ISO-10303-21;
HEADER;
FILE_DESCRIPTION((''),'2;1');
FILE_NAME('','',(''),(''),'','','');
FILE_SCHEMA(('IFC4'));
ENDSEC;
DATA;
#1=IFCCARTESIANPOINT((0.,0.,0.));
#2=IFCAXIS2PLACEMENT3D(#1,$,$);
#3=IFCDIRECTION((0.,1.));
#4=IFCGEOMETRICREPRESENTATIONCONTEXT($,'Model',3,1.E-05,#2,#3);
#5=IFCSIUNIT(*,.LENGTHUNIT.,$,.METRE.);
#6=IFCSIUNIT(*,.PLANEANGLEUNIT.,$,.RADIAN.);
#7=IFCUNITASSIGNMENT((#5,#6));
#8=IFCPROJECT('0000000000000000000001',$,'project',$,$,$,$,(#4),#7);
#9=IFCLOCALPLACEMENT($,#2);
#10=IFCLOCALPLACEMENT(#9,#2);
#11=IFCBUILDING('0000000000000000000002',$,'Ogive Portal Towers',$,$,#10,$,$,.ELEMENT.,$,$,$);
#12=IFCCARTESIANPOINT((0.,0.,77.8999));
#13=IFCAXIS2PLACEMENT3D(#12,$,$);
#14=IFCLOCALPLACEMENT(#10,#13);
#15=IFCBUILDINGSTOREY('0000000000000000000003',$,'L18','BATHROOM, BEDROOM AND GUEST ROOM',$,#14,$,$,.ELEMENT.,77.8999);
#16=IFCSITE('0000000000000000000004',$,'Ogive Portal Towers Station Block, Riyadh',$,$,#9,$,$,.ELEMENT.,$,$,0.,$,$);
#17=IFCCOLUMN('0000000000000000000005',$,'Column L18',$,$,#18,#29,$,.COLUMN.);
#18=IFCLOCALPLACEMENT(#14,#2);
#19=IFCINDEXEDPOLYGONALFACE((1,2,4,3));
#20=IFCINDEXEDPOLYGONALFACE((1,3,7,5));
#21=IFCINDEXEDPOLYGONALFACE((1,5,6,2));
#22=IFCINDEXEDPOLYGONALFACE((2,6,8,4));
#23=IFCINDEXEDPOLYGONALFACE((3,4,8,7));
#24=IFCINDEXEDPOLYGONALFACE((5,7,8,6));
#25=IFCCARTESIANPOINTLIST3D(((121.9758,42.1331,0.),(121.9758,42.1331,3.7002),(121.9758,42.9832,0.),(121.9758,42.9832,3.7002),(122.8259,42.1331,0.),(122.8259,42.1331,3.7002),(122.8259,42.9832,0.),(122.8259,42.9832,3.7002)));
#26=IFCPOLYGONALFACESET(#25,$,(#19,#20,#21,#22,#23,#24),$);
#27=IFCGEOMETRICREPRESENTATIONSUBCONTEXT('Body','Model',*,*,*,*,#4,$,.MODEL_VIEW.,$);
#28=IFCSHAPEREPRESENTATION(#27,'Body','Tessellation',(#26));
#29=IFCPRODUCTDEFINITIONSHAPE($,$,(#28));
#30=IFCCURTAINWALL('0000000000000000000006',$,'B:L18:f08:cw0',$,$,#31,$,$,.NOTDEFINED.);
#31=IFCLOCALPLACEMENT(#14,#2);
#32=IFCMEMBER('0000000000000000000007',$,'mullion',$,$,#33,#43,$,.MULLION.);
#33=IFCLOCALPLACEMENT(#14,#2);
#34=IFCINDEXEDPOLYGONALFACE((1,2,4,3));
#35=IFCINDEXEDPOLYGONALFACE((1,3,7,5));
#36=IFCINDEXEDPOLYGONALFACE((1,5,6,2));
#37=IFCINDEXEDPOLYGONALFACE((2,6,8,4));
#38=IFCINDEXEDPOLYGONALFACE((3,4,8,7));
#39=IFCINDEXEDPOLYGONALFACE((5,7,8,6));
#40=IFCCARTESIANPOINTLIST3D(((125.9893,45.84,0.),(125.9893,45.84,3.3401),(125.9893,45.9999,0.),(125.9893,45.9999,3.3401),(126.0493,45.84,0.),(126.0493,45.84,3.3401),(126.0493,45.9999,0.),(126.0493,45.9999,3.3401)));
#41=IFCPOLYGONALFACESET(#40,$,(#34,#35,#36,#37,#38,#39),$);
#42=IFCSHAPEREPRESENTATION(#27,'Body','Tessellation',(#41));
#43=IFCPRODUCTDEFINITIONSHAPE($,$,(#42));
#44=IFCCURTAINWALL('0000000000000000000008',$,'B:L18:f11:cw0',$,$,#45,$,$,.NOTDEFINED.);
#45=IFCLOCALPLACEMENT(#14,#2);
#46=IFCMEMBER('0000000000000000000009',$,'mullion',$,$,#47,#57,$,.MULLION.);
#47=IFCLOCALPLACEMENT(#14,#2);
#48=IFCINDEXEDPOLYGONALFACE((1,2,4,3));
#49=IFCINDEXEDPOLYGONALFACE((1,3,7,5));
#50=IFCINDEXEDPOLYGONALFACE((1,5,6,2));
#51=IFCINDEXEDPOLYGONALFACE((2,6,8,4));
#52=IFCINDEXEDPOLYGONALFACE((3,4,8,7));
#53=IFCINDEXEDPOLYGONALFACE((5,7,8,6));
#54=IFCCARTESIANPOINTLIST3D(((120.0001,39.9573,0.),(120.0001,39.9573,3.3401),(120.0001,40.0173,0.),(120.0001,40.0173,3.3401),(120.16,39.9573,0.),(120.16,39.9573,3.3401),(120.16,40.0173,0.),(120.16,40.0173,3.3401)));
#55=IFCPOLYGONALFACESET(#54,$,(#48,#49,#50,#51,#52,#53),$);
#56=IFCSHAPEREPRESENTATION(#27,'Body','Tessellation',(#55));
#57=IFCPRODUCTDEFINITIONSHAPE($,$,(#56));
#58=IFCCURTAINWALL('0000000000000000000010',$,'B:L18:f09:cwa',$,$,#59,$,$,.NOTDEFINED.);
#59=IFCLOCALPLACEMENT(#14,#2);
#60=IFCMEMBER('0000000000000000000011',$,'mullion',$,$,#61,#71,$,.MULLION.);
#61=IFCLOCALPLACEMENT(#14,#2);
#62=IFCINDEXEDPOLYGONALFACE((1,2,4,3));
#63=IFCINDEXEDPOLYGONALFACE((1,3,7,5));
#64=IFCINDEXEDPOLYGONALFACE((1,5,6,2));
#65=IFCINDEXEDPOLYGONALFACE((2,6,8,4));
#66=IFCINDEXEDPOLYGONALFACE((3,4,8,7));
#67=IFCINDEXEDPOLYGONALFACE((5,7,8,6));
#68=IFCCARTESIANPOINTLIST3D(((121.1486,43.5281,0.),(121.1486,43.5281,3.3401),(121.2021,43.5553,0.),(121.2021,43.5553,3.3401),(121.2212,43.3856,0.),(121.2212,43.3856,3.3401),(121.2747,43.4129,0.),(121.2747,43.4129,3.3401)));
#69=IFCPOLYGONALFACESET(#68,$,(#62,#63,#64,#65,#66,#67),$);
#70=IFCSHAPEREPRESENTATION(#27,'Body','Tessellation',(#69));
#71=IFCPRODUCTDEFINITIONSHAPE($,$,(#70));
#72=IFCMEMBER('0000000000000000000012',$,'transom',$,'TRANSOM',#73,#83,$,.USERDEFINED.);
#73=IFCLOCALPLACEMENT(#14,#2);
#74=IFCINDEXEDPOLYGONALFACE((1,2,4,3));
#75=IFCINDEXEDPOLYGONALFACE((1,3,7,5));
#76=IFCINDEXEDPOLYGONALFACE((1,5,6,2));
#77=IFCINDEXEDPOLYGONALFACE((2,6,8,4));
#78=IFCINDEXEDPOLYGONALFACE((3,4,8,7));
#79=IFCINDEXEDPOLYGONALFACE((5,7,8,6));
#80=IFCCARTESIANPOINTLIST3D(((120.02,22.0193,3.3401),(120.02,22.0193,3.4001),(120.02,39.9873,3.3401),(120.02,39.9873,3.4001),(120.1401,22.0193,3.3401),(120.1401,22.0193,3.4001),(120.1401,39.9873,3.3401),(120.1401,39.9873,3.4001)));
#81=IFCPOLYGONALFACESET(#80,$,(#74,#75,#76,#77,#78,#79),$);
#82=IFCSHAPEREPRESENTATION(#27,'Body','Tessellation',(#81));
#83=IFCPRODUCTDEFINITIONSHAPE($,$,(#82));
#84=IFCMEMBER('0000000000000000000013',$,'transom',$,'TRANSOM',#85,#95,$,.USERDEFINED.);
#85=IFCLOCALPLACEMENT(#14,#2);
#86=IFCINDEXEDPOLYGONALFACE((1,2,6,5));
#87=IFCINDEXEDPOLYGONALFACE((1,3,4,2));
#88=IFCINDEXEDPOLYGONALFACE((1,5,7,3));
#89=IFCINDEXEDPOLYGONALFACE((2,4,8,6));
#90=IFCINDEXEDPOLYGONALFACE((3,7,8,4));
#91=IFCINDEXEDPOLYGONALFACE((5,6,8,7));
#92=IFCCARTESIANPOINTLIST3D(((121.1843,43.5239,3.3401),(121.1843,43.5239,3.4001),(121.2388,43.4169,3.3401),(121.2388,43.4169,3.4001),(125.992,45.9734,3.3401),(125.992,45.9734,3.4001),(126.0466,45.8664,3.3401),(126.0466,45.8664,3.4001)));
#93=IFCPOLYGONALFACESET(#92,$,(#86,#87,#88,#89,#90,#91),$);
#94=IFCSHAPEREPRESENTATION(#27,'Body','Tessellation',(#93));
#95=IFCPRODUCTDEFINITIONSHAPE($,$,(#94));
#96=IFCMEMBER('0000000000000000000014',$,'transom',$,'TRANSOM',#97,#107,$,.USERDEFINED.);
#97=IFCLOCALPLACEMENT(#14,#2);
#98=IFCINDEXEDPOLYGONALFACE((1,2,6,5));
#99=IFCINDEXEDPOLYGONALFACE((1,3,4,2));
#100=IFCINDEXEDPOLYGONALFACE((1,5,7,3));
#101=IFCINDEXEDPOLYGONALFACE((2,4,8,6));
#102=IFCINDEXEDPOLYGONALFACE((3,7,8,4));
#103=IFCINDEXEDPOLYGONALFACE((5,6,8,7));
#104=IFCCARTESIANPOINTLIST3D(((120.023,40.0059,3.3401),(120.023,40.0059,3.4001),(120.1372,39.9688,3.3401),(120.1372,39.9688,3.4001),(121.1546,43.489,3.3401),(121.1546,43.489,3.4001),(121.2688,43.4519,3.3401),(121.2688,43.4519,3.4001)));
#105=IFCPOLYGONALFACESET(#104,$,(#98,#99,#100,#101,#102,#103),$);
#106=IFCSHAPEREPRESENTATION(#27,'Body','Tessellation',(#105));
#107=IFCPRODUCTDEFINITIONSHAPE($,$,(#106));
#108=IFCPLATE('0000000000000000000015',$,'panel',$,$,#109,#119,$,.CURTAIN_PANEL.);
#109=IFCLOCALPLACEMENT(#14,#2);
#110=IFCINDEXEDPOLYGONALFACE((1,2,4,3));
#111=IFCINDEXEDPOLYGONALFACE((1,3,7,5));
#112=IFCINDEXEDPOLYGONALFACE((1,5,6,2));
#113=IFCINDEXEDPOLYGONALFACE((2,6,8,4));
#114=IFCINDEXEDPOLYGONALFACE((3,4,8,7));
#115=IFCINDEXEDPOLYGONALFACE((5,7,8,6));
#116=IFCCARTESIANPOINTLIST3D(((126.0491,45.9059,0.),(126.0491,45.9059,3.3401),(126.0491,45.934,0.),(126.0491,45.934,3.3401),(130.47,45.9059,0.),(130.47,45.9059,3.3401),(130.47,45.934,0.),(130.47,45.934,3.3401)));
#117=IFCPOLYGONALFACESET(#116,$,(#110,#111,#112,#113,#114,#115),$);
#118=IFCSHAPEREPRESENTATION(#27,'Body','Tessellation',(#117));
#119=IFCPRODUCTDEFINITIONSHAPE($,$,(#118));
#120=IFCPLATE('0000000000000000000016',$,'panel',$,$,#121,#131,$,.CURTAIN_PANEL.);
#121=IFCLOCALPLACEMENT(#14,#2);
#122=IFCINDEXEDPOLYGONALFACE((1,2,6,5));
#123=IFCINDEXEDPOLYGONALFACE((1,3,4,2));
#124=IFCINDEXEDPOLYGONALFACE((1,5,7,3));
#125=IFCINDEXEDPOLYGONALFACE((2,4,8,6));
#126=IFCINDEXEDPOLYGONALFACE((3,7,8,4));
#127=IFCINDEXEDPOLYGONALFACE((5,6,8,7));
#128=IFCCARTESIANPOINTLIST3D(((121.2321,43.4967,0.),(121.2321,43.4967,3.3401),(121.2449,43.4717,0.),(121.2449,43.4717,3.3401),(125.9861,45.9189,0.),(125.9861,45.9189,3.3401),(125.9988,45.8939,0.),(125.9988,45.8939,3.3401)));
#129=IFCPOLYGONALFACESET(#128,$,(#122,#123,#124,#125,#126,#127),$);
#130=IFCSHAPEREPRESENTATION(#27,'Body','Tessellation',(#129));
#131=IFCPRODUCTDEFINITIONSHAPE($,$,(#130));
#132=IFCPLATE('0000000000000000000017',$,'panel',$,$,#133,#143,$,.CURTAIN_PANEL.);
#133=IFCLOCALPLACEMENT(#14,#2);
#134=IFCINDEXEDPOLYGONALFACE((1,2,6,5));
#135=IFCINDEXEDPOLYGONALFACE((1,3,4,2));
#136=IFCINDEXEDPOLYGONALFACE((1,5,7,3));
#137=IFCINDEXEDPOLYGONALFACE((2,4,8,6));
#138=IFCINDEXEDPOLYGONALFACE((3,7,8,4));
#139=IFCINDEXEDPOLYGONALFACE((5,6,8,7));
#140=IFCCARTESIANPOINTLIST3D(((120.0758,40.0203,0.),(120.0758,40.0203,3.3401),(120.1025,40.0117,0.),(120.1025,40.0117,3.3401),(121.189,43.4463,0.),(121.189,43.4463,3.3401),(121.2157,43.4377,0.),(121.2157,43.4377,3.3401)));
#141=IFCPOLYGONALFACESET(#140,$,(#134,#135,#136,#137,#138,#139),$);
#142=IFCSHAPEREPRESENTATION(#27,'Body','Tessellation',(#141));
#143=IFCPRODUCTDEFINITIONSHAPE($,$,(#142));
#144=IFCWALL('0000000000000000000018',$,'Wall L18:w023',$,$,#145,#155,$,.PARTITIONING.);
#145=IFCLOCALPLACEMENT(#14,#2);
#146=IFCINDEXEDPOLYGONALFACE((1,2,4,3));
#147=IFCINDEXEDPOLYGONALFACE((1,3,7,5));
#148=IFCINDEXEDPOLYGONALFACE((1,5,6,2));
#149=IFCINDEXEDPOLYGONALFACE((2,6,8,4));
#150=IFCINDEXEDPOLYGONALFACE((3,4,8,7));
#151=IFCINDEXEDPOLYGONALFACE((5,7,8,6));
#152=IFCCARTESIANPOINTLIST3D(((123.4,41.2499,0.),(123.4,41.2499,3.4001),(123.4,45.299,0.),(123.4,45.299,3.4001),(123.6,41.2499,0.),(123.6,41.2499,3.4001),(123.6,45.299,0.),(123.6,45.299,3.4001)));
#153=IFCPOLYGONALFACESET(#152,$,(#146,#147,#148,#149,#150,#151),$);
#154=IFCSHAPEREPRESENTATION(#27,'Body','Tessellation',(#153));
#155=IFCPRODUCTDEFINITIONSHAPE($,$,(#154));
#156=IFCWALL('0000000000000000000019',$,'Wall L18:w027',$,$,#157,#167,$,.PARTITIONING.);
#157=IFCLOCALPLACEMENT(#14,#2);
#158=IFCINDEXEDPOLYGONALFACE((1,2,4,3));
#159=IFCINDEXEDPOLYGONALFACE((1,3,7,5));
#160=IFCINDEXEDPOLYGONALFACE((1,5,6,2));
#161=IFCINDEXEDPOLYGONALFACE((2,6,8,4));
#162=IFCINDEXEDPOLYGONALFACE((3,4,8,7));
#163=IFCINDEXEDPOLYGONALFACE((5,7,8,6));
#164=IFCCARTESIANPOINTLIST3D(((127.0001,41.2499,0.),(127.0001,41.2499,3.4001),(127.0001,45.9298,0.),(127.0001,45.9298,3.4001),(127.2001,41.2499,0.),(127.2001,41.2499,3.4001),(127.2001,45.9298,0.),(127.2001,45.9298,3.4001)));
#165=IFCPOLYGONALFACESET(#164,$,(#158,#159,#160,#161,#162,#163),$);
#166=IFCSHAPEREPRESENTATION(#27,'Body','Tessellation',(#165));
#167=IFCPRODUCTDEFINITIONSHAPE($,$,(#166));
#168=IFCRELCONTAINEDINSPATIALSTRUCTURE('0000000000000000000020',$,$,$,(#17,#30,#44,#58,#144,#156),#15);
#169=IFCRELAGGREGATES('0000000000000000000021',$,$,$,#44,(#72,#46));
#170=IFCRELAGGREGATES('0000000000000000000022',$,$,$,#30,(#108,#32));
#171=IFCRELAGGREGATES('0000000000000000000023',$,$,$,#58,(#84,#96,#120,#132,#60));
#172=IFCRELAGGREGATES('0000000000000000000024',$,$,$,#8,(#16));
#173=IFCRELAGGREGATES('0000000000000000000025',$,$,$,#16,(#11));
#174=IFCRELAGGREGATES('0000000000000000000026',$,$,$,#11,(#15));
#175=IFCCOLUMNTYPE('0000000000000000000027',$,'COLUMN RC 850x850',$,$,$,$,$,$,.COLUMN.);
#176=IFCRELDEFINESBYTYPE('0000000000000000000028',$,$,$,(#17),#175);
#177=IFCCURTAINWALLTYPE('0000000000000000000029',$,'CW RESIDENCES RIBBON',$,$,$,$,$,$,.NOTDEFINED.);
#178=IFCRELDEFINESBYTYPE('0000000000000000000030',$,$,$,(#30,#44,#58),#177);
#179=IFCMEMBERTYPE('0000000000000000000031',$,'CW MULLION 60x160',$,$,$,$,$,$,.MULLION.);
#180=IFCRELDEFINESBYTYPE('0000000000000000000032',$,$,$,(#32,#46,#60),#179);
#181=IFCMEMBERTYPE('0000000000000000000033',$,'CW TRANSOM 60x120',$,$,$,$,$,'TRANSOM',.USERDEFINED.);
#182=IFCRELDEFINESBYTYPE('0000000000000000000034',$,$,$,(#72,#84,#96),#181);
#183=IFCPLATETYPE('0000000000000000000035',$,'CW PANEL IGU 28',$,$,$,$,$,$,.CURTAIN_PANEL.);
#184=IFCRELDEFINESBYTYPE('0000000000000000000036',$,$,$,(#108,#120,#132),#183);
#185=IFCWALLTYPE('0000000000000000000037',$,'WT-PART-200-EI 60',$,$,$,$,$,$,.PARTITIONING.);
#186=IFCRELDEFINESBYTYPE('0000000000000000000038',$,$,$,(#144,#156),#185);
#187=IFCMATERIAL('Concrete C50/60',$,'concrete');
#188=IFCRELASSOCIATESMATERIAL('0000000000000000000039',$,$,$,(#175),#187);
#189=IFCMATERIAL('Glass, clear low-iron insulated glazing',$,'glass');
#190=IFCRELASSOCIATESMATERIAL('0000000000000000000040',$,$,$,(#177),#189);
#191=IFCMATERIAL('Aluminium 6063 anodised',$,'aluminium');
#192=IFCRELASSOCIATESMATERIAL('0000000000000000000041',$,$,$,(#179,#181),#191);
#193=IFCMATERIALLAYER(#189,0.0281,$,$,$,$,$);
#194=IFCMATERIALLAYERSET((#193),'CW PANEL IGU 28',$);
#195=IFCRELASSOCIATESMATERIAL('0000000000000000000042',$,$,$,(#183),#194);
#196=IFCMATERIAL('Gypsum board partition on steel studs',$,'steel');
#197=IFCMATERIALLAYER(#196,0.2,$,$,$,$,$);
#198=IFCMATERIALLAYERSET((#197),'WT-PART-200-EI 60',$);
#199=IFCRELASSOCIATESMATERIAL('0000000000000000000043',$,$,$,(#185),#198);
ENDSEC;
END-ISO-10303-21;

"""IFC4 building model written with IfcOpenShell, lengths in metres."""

from ifc_helpers import new_model, si_unit, direction, frame, frame_2d, origin, origin_2d, place, context, subcontext, project, spatial, rectangle, extrude, material, layer, layer_set, material_profile, profile_set, type_object, element, aggregate, save


model = new_model("IFC4")

# Units and contexts
model_context = context("Model", 3, precision=1e-05, world=origin(), true_north=direction((0.0, 1.0)))
body_context = subcontext(model_context, "Body", "Model", "MODEL_VIEW")
ifc_project = project(units=[si_unit("LENGTHUNIT", "METRE"), si_unit("PLANEANGLEUNIT", "RADIAN")], contexts=[model_context])

# Site, building, storey
site_placement = place(None, origin())
site = spatial("IfcSite", under=ifc_project, at=site_placement, Name="Ogive Portal Towers Station Block, Riyadh", CompositionType="ELEMENT", RefElevation=0.0)
building_placement = place(site_placement, origin())
building = spatial("IfcBuilding", under=site, at=building_placement, Name="Ogive Portal Towers", CompositionType="ELEMENT")
storey_placement = place(building_placement, frame((0.0, 0.0, 77.8999)))
storey = spatial("IfcBuildingStorey", under=building, at=storey_placement, Name="L18", Description="BATHROOM, BEDROOM AND GUEST ROOM", CompositionType="ELEMENT", Elevation=77.8999)

# Column
ifc_material_1 = material(Name="Concrete C50/60", Category="concrete")
ifc_material_profile_1 = material_profile(ifc_material_1, rectangle(XDim=0.8501, YDim=0.8501, at=origin_2d()), Name="RC 850x850")
ifc_profile_set_1 = profile_set([ifc_material_profile_1], Name="Concrete C50/60")
column_type = type_object("IfcColumnType", Name="COLUMN RC 850x850", PredefinedType="COLUMN", material=ifc_profile_set_1)
column_placement = place(storey_placement, frame((122.4009, 42.5581, 0.0), z_axis=(0.0, 0.0, 1.0), x_axis=(1.0, 0.0, 0.0)))
element("IfcColumn", 1, at=column_placement, inside=storey, type_object=column_type, Name="Column L18", PredefinedType="COLUMN", context=body_context, shape_type="SweptSolid", body=[
    extrude(rectangle(XDim=0.8501, YDim=0.8501, at=origin_2d()), origin(), (0.0, 0.0, 1.0), 3.7002),
])

# Curtain walls, members
ifc_material_2 = material(Name="Glass, clear low-iron insulated glazing", Category="glass")
curtain_wall_type = type_object("IfcCurtainWallType", Name="CW RESIDENCES RIBBON", PredefinedType="NOTDEFINED", material=ifc_material_2)
curtain_wall_1_placement = place(storey_placement, origin())
curtain_wall_1 = element("IfcCurtainWall", 2, at=curtain_wall_1_placement, inside=storey, type_object=curtain_wall_type, Name="B:L18:f08:cw0", PredefinedType="NOTDEFINED")
ifc_material_3 = material(Name="Aluminium 6063 anodised", Category="aluminium")
ifc_material_profile_2 = material_profile(ifc_material_3, rectangle(XDim=0.1599, YDim=0.0601, at=origin_2d()), Name="AL 60x160")
ifc_profile_set_2 = profile_set([ifc_material_profile_2], Name="Aluminium 6063 anodised")
member_type_1 = type_object("IfcMemberType", Name="CW MULLION 60x160", PredefinedType="MULLION", material=ifc_profile_set_2)
member_1_placement = place(storey_placement, frame((126.0193, 45.9199, 0.0), z_axis=(0.0, 0.0, 1.0), x_axis=(0.0, -1.0, 0.0)))
member_1 = element("IfcMember", 3, at=member_1_placement, type_object=member_type_1, Name="mullion", PredefinedType="MULLION", context=body_context, shape_type="SweptSolid", body=[
    extrude(rectangle(XDim=0.1599, YDim=0.0601, at=origin_2d()), origin(), (0.0, 0.0, 1.0), 3.3401),
])
curtain_wall_2_placement = place(storey_placement, origin())
curtain_wall_2 = element("IfcCurtainWall", 4, at=curtain_wall_2_placement, inside=storey, type_object=curtain_wall_type, Name="B:L18:f11:cw0", PredefinedType="NOTDEFINED")
member_2_placement = place(storey_placement, frame((120.0801, 39.9873, 0.0), z_axis=(0.0, 0.0, 1.0), x_axis=(1.0, 0.0, 0.0)))
member_2 = element("IfcMember", 5, at=member_2_placement, type_object=member_type_1, Name="mullion", PredefinedType="MULLION", context=body_context, shape_type="SweptSolid", body=[
    extrude(rectangle(XDim=0.1599, YDim=0.0601, at=origin_2d()), origin(), (0.0, 0.0, 1.0), 3.3401),
])
curtain_wall_3_placement = place(storey_placement, origin())
curtain_wall_3 = element("IfcCurtainWall", 6, at=curtain_wall_3_placement, inside=storey, type_object=curtain_wall_type, Name="B:L18:f09:cwa", PredefinedType="NOTDEFINED")
member_3_placement = place(storey_placement, frame((121.2117, 43.4705, 0.0), z_axis=(0.0, 0.0, 1.0), x_axis=(0.45399, -0.891007, 0.0)))
member_3 = element("IfcMember", 7, at=member_3_placement, type_object=member_type_1, Name="mullion", PredefinedType="MULLION", context=body_context, shape_type="SweptSolid", body=[
    extrude(rectangle(XDim=0.1599, YDim=0.0601, at=origin_2d()), origin(), (0.0, 0.0, 1.0), 3.3401),
])

# Members
ifc_material_profile_3 = material_profile(ifc_material_3, rectangle(XDim=0.1201, YDim=0.0601, at=origin_2d()), Name="AL 120x60")
ifc_profile_set_3 = profile_set([ifc_material_profile_3], Name="Aluminium 6063 anodised")
member_type_2 = type_object("IfcMemberType", Name="CW TRANSOM 60x120", ElementType="TRANSOM", PredefinedType="USERDEFINED", material=ifc_profile_set_3)
member_4_placement = place(storey_placement, frame((120.0801, 39.9873, 3.3701), z_axis=(0.0, -1.0, 0.0), x_axis=(1.0, 0.0, 0.0)))
member_4 = element("IfcMember", 8, at=member_4_placement, type_object=member_type_2, Name="transom", ObjectType="TRANSOM", PredefinedType="USERDEFINED", context=body_context, shape_type="SweptSolid", body=[
    extrude(rectangle(XDim=0.1201, YDim=0.0601, at=origin_2d()), origin(), (0.0, 0.0, 1.0), 17.968),
])
aggregate(curtain_wall_2, [member_4, member_2])
member_5_placement = place(storey_placement, frame((126.0193, 45.9199, 3.3701), z_axis=(-0.891017, -0.45397, 0.0), x_axis=(0.45397, -0.891017, 0.0)))
member_5 = element("IfcMember", 9, at=member_5_placement, type_object=member_type_2, Name="transom", ObjectType="TRANSOM", PredefinedType="USERDEFINED", context=body_context, shape_type="SweptSolid", body=[
    extrude(rectangle(XDim=0.1201, YDim=0.0601, at=origin_2d()), origin(), (0.0, 0.0, 1.0), 5.3958),
])
member_6_placement = place(storey_placement, frame((121.2117, 43.4705, 3.3701), z_axis=(-0.308979, -0.951069, 0.0), x_axis=(0.951069, -0.308979, 0.0)))
member_6 = element("IfcMember", 10, at=member_6_placement, type_object=member_type_2, Name="transom", ObjectType="TRANSOM", PredefinedType="USERDEFINED", context=body_context, shape_type="SweptSolid", body=[
    extrude(rectangle(XDim=0.1201, YDim=0.0601, at=origin_2d()), origin(), (0.0, 0.0, 1.0), 3.6624),
])

# Plates
ifc_layer_1 = layer(ifc_material_2, 0.0281)
ifc_layer_set_1 = layer_set([ifc_layer_1], Name="CW PANEL IGU 28")
plate_type = type_object("IfcPlateType", Name="CW PANEL IGU 28", PredefinedType="CURTAIN_PANEL", material=ifc_layer_set_1)
plate_1_placement = place(storey_placement, frame((128.2595, 45.9199, 0.0), z_axis=(0.0, 0.0, 1.0), x_axis=(-1.0, 0.0, 0.0)))
plate_1 = element("IfcPlate", 11, at=plate_1_placement, type_object=plate_type, Name="panel", PredefinedType="CURTAIN_PANEL", context=body_context, shape_type="SweptSolid", body=[
    extrude(rectangle(XDim=4.4209, YDim=0.0281, at=origin_2d()), origin(), (0.0, 0.0, 1.0), 3.3401),
])
aggregate(curtain_wall_1, [plate_1, member_1])
plate_2_placement = place(storey_placement, frame((123.6155, 44.6953, 0.0), z_axis=(0.0, 0.0, 1.0), x_axis=(-0.891007, -0.45399, 0.0)))
plate_2 = element("IfcPlate", 12, at=plate_2_placement, type_object=plate_type, Name="panel", PredefinedType="CURTAIN_PANEL", context=body_context, shape_type="SweptSolid", body=[
    extrude(rectangle(XDim=5.3354, YDim=0.0281, at=origin_2d()), origin(), (0.0, 0.0, 1.0), 3.3401),
])
plate_3_placement = place(storey_placement, frame((120.6458, 41.729, 0.0), z_axis=(0.0, 0.0, 1.0), x_axis=(-0.309017, -0.951057, 0.0)))
plate_3 = element("IfcPlate", 13, at=plate_3_placement, type_object=plate_type, Name="panel", PredefinedType="CURTAIN_PANEL", context=body_context, shape_type="SweptSolid", body=[
    extrude(rectangle(XDim=3.6023, YDim=0.0281, at=origin_2d()), origin(), (0.0, 0.0, 1.0), 3.3401),
])
aggregate(curtain_wall_3, [member_5, member_6, plate_2, plate_3, member_3])

# Shared definitions
ifc_material_4 = material(Name="Gypsum board partition on steel studs", Category="steel")
ifc_layer_2 = layer(ifc_material_4, 0.2)
ifc_layer_set_2 = layer_set([ifc_layer_2], Name="WT-PART-200-EI 60")
wall_type = type_object("IfcWallType", Name="WT-PART-200-EI 60", PredefinedType="PARTITIONING", material=ifc_layer_set_2)

# Walls
wall_1_placement = place(storey_placement, frame((123.5, 41.25, 0.0), z_axis=(0.0, 0.0, 1.0), x_axis=(0.0, 1.0, 0.0)))
element("IfcWall", 14, at=wall_1_placement, inside=storey, type_object=wall_type, Name="Wall L18:w023", PredefinedType="PARTITIONING", context=body_context, shape_type="SweptSolid", body=[
    extrude(rectangle(XDim=4.0491, YDim=0.2, at=frame_2d((2.0244, 0.0))), origin(), (0.0, 0.0, 1.0), 3.4001),
])
wall_2_placement = place(storey_placement, frame((127.1001, 41.25, 0.0), z_axis=(0.0, 0.0, 1.0), x_axis=(0.0, 1.0, 0.0)))
element("IfcWall", 15, at=wall_2_placement, inside=storey, type_object=wall_type, Name="Wall L18:w027", PredefinedType="PARTITIONING", context=body_context, shape_type="SweptSolid", body=[
    extrude(rectangle(XDim=4.6799, YDim=0.2, at=frame_2d((2.3398, 0.0))), origin(), (0.0, 0.0, 1.0), 3.4001),
])

save(model, "model.ifc")
